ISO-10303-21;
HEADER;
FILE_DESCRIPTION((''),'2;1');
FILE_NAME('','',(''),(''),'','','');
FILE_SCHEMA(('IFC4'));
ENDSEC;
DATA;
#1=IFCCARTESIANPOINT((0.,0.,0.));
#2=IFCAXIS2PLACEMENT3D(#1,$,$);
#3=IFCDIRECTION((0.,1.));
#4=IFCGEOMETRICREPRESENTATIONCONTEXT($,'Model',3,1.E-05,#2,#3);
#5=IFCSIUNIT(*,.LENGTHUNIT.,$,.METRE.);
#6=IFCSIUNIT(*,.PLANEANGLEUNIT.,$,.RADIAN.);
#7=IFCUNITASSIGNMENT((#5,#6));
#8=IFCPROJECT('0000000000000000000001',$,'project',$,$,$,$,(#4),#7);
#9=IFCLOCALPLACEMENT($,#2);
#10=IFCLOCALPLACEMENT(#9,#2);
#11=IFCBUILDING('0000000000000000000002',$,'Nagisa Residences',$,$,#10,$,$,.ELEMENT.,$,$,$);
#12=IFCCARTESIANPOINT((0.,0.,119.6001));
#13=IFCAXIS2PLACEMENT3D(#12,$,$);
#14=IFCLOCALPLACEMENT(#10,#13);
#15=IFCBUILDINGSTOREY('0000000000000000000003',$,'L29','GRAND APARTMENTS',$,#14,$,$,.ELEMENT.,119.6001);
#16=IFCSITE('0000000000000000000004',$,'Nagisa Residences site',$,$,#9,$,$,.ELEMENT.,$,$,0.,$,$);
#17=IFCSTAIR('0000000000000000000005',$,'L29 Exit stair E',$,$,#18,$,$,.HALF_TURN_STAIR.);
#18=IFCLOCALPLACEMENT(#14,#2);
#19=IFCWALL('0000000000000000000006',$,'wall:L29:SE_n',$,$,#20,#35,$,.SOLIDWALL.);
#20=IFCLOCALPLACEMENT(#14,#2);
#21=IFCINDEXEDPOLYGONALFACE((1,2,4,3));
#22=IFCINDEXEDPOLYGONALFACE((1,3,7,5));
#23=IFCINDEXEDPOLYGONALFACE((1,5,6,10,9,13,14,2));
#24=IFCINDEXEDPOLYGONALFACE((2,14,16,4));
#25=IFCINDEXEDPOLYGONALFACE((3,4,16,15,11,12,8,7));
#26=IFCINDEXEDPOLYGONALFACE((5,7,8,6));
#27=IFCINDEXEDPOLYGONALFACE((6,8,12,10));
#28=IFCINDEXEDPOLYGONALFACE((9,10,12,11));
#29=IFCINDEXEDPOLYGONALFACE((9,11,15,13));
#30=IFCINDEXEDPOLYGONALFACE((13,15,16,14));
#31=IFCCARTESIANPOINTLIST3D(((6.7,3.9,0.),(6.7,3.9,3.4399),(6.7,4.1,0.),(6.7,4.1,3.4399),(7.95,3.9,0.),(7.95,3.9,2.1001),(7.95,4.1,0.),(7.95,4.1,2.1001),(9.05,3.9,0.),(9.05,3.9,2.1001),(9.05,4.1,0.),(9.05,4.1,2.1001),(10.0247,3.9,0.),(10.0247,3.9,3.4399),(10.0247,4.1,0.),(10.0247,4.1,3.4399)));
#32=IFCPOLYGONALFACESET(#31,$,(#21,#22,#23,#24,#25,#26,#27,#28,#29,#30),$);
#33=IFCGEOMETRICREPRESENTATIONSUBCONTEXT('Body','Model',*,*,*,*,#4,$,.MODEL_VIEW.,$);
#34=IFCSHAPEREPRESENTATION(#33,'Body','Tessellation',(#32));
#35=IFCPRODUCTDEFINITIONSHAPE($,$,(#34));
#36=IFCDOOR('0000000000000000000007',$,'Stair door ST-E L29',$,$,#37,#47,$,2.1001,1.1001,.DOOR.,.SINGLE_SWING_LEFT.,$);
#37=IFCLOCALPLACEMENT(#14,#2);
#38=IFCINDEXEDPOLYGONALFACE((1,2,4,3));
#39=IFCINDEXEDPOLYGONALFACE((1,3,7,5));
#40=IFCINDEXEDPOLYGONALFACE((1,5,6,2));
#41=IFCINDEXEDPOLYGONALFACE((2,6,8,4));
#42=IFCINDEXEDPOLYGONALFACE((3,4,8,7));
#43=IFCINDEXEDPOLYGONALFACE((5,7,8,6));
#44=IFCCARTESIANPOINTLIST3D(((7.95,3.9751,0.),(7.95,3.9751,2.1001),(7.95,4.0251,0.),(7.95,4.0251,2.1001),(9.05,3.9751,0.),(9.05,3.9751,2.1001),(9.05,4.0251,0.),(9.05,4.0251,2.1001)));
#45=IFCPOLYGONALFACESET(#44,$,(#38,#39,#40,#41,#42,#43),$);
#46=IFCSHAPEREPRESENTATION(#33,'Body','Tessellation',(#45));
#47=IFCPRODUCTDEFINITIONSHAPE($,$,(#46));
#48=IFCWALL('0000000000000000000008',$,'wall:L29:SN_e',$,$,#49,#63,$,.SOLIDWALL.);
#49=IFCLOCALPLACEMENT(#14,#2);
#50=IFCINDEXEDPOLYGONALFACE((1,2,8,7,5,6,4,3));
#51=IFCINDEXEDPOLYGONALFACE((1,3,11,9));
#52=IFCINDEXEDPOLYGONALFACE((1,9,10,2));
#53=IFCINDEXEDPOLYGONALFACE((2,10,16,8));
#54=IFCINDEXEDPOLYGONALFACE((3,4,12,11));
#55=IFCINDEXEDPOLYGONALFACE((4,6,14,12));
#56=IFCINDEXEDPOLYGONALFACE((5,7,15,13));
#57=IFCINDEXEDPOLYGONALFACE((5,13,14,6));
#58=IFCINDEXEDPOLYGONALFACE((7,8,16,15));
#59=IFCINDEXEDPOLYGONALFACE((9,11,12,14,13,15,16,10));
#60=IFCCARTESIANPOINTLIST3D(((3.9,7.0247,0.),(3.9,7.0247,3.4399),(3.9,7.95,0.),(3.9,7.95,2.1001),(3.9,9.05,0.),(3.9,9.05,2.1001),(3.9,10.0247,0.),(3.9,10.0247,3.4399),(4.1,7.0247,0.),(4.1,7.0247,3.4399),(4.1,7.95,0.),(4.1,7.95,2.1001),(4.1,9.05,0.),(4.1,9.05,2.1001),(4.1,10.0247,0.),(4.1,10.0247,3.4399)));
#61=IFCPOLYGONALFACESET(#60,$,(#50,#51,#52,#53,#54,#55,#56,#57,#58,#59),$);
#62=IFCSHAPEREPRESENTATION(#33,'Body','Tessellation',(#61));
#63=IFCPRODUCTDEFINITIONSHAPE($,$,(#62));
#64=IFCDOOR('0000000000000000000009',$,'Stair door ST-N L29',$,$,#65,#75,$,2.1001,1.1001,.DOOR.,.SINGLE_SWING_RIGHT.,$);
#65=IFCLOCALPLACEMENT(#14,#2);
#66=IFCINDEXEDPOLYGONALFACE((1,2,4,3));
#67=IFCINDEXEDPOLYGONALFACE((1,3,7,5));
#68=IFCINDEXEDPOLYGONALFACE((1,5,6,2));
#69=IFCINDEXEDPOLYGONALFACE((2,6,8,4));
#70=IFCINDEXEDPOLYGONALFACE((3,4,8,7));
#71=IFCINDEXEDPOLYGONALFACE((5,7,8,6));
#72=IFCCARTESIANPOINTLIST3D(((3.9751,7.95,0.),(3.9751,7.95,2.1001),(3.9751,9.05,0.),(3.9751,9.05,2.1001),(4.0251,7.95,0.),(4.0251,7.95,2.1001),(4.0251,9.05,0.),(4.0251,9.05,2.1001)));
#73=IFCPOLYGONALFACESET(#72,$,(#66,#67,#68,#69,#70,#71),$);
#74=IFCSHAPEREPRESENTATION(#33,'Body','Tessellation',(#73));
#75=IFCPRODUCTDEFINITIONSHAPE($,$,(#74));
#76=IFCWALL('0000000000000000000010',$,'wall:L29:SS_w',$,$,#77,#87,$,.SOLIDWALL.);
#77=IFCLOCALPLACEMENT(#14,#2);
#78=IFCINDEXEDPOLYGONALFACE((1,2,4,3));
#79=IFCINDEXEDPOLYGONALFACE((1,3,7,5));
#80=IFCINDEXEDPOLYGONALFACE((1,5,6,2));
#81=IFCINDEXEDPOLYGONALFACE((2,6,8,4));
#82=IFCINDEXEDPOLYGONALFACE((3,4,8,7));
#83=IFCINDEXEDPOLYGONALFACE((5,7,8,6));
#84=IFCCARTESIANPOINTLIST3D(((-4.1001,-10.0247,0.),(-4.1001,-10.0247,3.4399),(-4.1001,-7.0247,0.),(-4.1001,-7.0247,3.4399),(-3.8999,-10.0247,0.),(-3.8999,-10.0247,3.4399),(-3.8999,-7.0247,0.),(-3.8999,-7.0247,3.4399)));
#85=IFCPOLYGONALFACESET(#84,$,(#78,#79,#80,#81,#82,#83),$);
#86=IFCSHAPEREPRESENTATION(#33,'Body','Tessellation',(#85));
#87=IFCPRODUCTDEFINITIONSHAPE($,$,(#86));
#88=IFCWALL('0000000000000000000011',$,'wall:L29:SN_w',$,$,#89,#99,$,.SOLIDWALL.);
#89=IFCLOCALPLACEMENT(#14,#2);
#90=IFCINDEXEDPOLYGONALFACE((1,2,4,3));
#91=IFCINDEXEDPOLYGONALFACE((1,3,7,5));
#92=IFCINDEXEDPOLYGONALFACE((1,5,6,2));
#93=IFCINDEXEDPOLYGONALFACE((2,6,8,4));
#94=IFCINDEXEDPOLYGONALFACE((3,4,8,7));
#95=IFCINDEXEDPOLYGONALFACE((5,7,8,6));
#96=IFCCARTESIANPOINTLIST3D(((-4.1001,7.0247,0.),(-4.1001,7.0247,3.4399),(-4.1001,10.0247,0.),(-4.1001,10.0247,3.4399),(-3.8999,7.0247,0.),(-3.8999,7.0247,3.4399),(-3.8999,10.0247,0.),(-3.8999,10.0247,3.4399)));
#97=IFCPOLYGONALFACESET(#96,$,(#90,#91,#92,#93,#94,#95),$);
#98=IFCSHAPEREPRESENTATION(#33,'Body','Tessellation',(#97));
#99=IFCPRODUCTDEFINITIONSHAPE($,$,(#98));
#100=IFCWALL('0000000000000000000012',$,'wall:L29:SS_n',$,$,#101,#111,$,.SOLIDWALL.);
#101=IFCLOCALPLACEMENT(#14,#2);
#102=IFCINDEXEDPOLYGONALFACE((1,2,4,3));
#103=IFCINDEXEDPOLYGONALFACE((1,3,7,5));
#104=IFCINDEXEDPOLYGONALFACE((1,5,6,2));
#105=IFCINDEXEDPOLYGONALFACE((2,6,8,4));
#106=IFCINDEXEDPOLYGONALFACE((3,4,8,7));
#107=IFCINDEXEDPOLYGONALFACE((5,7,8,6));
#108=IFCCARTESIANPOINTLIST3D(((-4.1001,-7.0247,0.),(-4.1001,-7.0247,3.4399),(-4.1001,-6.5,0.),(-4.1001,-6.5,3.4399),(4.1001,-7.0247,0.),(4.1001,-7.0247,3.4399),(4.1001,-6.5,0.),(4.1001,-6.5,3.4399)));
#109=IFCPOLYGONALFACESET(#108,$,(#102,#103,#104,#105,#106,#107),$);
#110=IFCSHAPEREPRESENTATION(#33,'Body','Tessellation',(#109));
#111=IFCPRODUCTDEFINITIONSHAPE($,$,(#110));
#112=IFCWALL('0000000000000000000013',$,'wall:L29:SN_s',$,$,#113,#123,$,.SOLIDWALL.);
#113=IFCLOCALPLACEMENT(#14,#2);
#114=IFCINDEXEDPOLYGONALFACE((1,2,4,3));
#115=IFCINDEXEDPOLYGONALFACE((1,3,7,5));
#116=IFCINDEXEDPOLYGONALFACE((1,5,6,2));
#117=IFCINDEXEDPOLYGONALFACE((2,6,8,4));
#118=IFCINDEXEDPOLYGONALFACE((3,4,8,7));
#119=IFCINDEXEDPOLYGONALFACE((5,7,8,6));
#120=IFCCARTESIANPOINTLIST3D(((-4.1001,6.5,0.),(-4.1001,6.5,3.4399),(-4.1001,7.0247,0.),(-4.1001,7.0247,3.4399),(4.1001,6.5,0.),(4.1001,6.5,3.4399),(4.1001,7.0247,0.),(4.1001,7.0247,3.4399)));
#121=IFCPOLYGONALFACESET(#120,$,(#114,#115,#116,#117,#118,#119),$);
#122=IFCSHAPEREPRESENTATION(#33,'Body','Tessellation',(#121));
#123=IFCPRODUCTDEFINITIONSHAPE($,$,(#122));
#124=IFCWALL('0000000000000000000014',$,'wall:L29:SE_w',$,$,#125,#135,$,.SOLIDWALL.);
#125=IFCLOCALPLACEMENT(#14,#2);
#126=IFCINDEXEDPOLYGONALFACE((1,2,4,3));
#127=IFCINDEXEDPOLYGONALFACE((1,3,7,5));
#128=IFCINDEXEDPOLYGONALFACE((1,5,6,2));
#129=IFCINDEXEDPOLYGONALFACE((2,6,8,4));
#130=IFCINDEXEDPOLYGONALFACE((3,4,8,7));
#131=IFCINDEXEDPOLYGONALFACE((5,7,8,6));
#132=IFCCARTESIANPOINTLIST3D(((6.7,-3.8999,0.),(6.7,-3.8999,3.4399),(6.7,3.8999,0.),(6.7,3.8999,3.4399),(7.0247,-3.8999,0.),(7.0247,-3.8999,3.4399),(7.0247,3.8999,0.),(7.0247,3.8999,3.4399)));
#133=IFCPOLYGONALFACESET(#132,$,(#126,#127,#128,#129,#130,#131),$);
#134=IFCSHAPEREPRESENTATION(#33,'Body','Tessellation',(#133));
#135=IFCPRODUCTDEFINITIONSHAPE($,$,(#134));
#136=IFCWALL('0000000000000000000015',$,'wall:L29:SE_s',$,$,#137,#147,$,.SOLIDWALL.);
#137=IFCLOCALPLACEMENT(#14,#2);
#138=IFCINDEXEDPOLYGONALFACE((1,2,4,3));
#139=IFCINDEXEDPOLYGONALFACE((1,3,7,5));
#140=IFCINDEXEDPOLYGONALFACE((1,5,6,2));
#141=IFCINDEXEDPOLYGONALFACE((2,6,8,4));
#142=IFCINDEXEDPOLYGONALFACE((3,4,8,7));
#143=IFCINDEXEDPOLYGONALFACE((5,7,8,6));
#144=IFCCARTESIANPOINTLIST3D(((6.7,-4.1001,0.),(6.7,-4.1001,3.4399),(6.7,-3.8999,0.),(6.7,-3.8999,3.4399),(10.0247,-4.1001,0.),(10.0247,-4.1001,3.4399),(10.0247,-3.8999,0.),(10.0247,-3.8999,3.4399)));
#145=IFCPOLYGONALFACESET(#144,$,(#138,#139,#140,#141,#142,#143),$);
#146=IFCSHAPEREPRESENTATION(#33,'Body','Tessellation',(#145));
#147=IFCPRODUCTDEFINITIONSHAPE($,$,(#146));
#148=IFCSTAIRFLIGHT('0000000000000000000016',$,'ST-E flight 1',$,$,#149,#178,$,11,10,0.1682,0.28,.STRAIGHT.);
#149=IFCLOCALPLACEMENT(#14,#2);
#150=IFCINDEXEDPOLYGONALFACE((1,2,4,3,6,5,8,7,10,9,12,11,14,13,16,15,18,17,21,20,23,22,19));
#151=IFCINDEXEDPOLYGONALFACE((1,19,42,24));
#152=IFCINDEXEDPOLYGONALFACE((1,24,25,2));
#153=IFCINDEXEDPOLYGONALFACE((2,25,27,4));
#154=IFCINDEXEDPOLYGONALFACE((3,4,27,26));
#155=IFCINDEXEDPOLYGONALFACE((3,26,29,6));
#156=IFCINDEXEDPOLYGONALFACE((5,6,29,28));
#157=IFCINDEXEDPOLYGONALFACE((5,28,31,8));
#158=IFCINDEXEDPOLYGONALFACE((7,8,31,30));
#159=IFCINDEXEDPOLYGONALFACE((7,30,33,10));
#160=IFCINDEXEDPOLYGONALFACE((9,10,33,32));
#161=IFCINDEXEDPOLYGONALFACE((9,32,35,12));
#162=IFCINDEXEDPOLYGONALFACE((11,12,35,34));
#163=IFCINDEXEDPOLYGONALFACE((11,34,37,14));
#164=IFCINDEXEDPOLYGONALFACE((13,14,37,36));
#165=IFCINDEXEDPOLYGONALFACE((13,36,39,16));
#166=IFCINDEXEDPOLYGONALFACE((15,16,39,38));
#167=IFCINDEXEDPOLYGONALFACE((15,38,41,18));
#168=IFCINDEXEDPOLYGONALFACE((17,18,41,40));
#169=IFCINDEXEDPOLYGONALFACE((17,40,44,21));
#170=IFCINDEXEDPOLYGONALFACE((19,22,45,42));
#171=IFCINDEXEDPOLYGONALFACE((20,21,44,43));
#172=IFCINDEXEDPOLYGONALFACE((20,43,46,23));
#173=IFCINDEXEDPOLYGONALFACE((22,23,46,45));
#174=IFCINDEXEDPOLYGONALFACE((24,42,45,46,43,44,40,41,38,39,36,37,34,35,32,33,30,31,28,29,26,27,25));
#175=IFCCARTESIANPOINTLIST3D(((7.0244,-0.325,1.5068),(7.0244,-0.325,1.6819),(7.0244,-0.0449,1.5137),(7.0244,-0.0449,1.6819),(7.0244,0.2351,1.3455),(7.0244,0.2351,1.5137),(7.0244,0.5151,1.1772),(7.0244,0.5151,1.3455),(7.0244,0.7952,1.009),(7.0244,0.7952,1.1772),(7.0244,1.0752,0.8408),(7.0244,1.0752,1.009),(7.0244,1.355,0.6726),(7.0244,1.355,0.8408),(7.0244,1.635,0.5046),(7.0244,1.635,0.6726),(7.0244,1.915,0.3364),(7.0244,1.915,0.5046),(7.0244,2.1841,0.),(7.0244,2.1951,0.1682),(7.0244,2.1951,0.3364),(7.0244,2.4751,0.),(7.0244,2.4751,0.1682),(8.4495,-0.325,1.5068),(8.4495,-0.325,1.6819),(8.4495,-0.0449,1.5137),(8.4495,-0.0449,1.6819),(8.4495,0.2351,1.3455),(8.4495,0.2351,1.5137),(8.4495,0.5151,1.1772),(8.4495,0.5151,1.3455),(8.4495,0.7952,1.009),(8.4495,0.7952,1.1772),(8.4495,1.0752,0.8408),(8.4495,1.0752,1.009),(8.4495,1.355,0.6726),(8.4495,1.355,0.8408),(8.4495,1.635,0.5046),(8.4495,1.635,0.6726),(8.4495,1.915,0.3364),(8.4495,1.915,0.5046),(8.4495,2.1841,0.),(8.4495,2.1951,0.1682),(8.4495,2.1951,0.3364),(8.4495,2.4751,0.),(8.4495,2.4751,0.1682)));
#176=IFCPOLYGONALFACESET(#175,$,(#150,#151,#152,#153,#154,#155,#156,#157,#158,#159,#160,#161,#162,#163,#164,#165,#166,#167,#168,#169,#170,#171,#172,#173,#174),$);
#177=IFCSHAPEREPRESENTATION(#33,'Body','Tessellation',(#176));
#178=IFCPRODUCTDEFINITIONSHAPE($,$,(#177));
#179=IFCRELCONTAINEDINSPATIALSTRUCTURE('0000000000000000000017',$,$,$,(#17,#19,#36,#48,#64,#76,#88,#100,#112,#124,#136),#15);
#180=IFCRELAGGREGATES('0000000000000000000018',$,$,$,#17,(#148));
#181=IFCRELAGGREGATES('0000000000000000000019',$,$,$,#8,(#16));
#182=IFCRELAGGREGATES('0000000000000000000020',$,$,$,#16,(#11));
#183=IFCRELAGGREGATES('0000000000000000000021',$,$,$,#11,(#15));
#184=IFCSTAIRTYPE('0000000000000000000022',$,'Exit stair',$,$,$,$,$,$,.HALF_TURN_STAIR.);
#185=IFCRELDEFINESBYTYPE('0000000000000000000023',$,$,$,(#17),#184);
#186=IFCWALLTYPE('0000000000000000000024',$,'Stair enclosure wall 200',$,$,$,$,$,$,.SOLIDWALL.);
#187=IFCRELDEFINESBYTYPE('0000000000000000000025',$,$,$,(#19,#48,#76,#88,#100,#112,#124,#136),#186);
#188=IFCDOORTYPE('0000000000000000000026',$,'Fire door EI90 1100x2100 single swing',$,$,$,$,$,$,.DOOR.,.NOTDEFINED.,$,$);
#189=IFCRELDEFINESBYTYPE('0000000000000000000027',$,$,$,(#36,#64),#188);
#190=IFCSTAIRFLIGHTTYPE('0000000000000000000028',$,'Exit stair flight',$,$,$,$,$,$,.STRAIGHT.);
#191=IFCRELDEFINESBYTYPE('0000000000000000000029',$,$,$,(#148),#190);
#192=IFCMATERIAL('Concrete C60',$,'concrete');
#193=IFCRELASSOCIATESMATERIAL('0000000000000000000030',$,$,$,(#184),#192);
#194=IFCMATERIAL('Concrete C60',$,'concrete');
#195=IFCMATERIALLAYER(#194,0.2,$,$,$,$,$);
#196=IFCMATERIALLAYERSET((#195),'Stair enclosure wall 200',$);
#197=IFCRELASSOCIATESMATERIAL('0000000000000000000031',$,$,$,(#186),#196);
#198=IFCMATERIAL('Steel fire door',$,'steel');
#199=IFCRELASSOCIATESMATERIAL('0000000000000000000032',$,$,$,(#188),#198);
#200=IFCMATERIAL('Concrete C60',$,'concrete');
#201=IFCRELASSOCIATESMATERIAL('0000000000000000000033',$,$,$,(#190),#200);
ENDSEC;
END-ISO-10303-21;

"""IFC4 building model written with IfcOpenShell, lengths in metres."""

from ifc_helpers import new_model, si_unit, direction, frame, frame_2d, origin, place, context, subcontext, project, spatial, polyline, rectangle, outline, extrude, material, layer, layer_set, type_object, element, fill, aggregate, save


model = new_model("IFC4")

# Units and contexts
model_context = context("Model", 3, precision=1e-05, world=origin(), true_north=direction((0.0, 1.0)))
body_context = subcontext(model_context, "Body", "Model", "MODEL_VIEW")
ifc_project = project(units=[si_unit("LENGTHUNIT", "METRE"), si_unit("PLANEANGLEUNIT", "RADIAN")], contexts=[model_context])

# Site, building, storey
site_placement = place(None, origin())
site = spatial("IfcSite", under=ifc_project, at=site_placement, Name="Nagisa Residences site", CompositionType="ELEMENT", RefElevation=0.0)
building_placement = place(site_placement, origin())
building = spatial("IfcBuilding", under=site, at=building_placement, Name="Nagisa Residences", CompositionType="ELEMENT")
storey_placement = place(building_placement, frame((0.0, 0.0, 119.6001)))
storey = spatial("IfcBuildingStorey", under=building, at=storey_placement, Name="L29", Description="GRAND APARTMENTS", CompositionType="ELEMENT", Elevation=119.6001)

# Stair
ifc_material_1 = material(Name="Concrete C60", Category="concrete")
stair_type = type_object("IfcStairType", Name="Exit stair", PredefinedType="HALF_TURN_STAIR", material=ifc_material_1)
stair_1_placement = place(storey_placement, origin())
stair_1 = element("IfcStair", 1, at=stair_1_placement, inside=storey, type_object=stair_type, Name="L29 Exit stair E", PredefinedType="HALF_TURN_STAIR")

# Walls, openings, doors
ifc_material_2 = material(Name="Concrete C60", Category="concrete")
ifc_layer_1 = layer(ifc_material_2, 0.2)
ifc_layer_set_1 = layer_set([ifc_layer_1], Name="Stair enclosure wall 200")
wall_type_1 = type_object("IfcWallType", Name="Stair enclosure wall 200", PredefinedType="SOLIDWALL", material=ifc_layer_set_1)
wall_1_placement = place(storey_placement, frame((6.7, 4.0, 0.0), z_axis=(0.0, 0.0, 1.0), x_axis=(1.0, 0.0, 0.0)))
wall_1 = element("IfcWall", 2, at=wall_1_placement, inside=storey, type_object=wall_type_1, Name="wall:L29:SE_n", PredefinedType="SOLIDWALL", context=body_context, shape_type="SweptSolid", body=[
    extrude(rectangle(XDim=3.3247, YDim=0.2, at=frame_2d((1.6624, 0.0))), origin(), (0.0, 0.0, 1.0), 3.4399),
])
opening_1_placement = place(wall_1_placement, frame((1.25, 0.0, 0.0)))
opening_1 = element("IfcOpeningElement", 3, at=opening_1_placement, cuts=wall_1, PredefinedType="OPENING", context=body_context, shape_type="SweptSolid", body=[
    extrude(rectangle(XDim=1.1001, YDim=2.1001, at=frame_2d((0.55, 1.05))), frame((0.0, 0.1099, 0.0), z_axis=(0.0, -1.0, 0.0), x_axis=(1.0, 0.0, 0.0)), (0.0, 0.0, 1.0), 0.22),
])
ifc_material_3 = material(Name="Steel fire door", Category="steel")
door_type_1 = type_object("IfcDoorType", Name="Fire door EI90 1100x2100 single swing", OperationType="NOTDEFINED", PredefinedType="DOOR", material=ifc_material_3)
door_1_placement = place(opening_1_placement, frame((1.1001, 0.0, 0.0), x_axis=(-1.0, 0.0, 0.0)))
door_1 = element("IfcDoor", 4, at=door_1_placement, inside=storey, type_object=door_type_1, Name="Stair door ST-E L29", OperationType="SINGLE_SWING_LEFT", OverallHeight=2.1001, OverallWidth=1.1001, PredefinedType="DOOR", context=body_context, shape_type="SweptSolid", body=[
    extrude(rectangle(XDim=1.1001, YDim=2.1001, at=frame_2d((0.55, 1.05))), frame((0.0, 0.0249, 0.0), z_axis=(0.0, -1.0, 0.0), x_axis=(1.0, 0.0, 0.0)), (0.0, 0.0, 1.0), 0.05),
])
fill(opening_1, door_1)
wall_2_placement = place(storey_placement, frame((4.0, 7.0247, 0.0), z_axis=(0.0, 0.0, 1.0), x_axis=(0.0, 1.0, 0.0)))
wall_2 = element("IfcWall", 5, at=wall_2_placement, inside=storey, type_object=wall_type_1, Name="wall:L29:SN_e", PredefinedType="SOLIDWALL", context=body_context, shape_type="SweptSolid", body=[
    extrude(rectangle(XDim=3.0, YDim=0.2, at=frame_2d((1.5, 0.0))), origin(), (0.0, 0.0, 1.0), 3.4399),
])
opening_2_placement = place(wall_2_placement, frame((0.9253, 0.0, 0.0)))
opening_2 = element("IfcOpeningElement", 6, at=opening_2_placement, cuts=wall_2, PredefinedType="OPENING", context=body_context, shape_type="SweptSolid", body=[
    extrude(rectangle(XDim=1.1001, YDim=2.1001, at=frame_2d((0.55, 1.05))), frame((0.0, 0.1099, 0.0), z_axis=(0.0, -1.0, 0.0), x_axis=(1.0, 0.0, 0.0)), (0.0, 0.0, 1.0), 0.22),
])
door_2_placement = place(opening_2_placement, origin())
door_2 = element("IfcDoor", 7, at=door_2_placement, inside=storey, type_object=door_type_1, Name="Stair door ST-N L29", OperationType="SINGLE_SWING_RIGHT", OverallHeight=2.1001, OverallWidth=1.1001, PredefinedType="DOOR", context=body_context, shape_type="SweptSolid", body=[
    extrude(rectangle(XDim=1.1001, YDim=2.1001, at=frame_2d((0.55, 1.05))), frame((0.0, 0.0249, 0.0), z_axis=(0.0, -1.0, 0.0), x_axis=(1.0, 0.0, 0.0)), (0.0, 0.0, 1.0), 0.05),
])
fill(opening_2, door_2)

# Walls
wall_3_placement = place(storey_placement, origin())
element("IfcWall", 8, at=wall_3_placement, inside=storey, type_object=wall_type_1, Name="wall:L29:SS_w", PredefinedType="SOLIDWALL", context=body_context, shape_type="SweptSolid", body=[
    extrude(outline(polyline([(-3.8999, -10.0247), (-4.1001, -10.0247), (-4.1001, -7.0247), (-3.8999, -7.0247), (-3.8999, -10.0247)])), origin(), (0.0, 0.0, 1.0), 3.4399),
])
wall_4_placement = place(storey_placement, origin())
element("IfcWall", 9, at=wall_4_placement, inside=storey, type_object=wall_type_1, Name="wall:L29:SN_w", PredefinedType="SOLIDWALL", context=body_context, shape_type="SweptSolid", body=[
    extrude(outline(polyline([(-3.8999, 7.0247), (-4.1001, 7.0247), (-4.1001, 10.0247), (-3.8999, 10.0247), (-3.8999, 7.0247)])), origin(), (0.0, 0.0, 1.0), 3.4399),
])
wall_5_placement = place(storey_placement, origin())
element("IfcWall", 10, at=wall_5_placement, inside=storey, type_object=wall_type_1, Name="wall:L29:SS_n", PredefinedType="SOLIDWALL", context=body_context, shape_type="SweptSolid", body=[
    extrude(outline(polyline([(4.1001, -7.0247), (-4.1001, -7.0247), (-4.1001, -6.5), (4.1001, -6.5), (4.1001, -7.0247)])), origin(), (0.0, 0.0, 1.0), 3.4399),
])
wall_6_placement = place(storey_placement, origin())
element("IfcWall", 11, at=wall_6_placement, inside=storey, type_object=wall_type_1, Name="wall:L29:SN_s", PredefinedType="SOLIDWALL", context=body_context, shape_type="SweptSolid", body=[
    extrude(outline(polyline([(4.1001, 6.5), (-4.1001, 6.5), (-4.1001, 7.0247), (4.1001, 7.0247), (4.1001, 6.5)])), origin(), (0.0, 0.0, 1.0), 3.4399),
])
wall_7_placement = place(storey_placement, origin())
element("IfcWall", 12, at=wall_7_placement, inside=storey, type_object=wall_type_1, Name="wall:L29:SE_w", PredefinedType="SOLIDWALL", context=body_context, shape_type="SweptSolid", body=[
    extrude(outline(polyline([(7.0247, -3.8999), (6.7, -3.8999), (6.7, 3.8999), (7.0247, 3.8999), (7.0247, -3.8999)])), origin(), (0.0, 0.0, 1.0), 3.4399),
])
wall_8_placement = place(storey_placement, origin())
element("IfcWall", 13, at=wall_8_placement, inside=storey, type_object=wall_type_1, Name="wall:L29:SE_s", PredefinedType="SOLIDWALL", context=body_context, shape_type="SweptSolid", body=[
    extrude(outline(polyline([(10.0247, -4.1001), (6.7, -4.1001), (6.7, -3.8999), (10.0247, -3.8999), (10.0247, -4.1001)])), origin(), (0.0, 0.0, 1.0), 3.4399),
])

# Stair flight
ifc_material_4 = material(Name="Concrete C60", Category="concrete")
stair_flight_type = type_object("IfcStairFlightType", Name="Exit stair flight", PredefinedType="STRAIGHT", material=ifc_material_4)
stair_flight_1_placement = place(storey_placement, frame((7.7371, 2.4751, 0.0), z_axis=(0.0, 0.0, 1.0), x_axis=(0.0, -1.0, 0.0)))
stair_flight_1 = element("IfcStairFlight", 14, at=stair_flight_1_placement, type_object=stair_flight_type, Name="ST-E flight 1", NumberOfRisers=11, NumberOfTreads=10, PredefinedType="STRAIGHT", RiserHeight=0.1682, TreadLength=0.28, context=body_context, shape_type="SweptSolid", body=[
    extrude(outline(polyline([(0.0, 0.0), (0.0, 0.1682), (0.28, 0.1682), (0.28, 0.3364), (0.5601, 0.3364), (0.5601, 0.5046), (0.8401, 0.5046), (0.8401, 0.6726), (1.1201, 0.6726), (1.1201, 0.8408), (1.3999, 0.8408), (1.3999, 1.009), (1.6799, 1.009), (1.6799, 1.1772), (1.96, 1.1772), (1.96, 1.3455), (2.24, 1.3455), (2.24, 1.5137), (2.52, 1.5137), (2.52, 1.6819), (2.8, 1.6819), (2.8, 1.8501), (2.8, 1.5068), (0.291, 0.0), (0.0, 0.0)])), frame((0.0, 0.7124, 0.0), z_axis=(0.0, -1.0, 0.0), x_axis=(1.0, 0.0, 0.0)), (0.0, 0.0, 1.0), 1.425),
])
aggregate(stair_1, [stair_flight_1])

save(model, "model.ifc")
